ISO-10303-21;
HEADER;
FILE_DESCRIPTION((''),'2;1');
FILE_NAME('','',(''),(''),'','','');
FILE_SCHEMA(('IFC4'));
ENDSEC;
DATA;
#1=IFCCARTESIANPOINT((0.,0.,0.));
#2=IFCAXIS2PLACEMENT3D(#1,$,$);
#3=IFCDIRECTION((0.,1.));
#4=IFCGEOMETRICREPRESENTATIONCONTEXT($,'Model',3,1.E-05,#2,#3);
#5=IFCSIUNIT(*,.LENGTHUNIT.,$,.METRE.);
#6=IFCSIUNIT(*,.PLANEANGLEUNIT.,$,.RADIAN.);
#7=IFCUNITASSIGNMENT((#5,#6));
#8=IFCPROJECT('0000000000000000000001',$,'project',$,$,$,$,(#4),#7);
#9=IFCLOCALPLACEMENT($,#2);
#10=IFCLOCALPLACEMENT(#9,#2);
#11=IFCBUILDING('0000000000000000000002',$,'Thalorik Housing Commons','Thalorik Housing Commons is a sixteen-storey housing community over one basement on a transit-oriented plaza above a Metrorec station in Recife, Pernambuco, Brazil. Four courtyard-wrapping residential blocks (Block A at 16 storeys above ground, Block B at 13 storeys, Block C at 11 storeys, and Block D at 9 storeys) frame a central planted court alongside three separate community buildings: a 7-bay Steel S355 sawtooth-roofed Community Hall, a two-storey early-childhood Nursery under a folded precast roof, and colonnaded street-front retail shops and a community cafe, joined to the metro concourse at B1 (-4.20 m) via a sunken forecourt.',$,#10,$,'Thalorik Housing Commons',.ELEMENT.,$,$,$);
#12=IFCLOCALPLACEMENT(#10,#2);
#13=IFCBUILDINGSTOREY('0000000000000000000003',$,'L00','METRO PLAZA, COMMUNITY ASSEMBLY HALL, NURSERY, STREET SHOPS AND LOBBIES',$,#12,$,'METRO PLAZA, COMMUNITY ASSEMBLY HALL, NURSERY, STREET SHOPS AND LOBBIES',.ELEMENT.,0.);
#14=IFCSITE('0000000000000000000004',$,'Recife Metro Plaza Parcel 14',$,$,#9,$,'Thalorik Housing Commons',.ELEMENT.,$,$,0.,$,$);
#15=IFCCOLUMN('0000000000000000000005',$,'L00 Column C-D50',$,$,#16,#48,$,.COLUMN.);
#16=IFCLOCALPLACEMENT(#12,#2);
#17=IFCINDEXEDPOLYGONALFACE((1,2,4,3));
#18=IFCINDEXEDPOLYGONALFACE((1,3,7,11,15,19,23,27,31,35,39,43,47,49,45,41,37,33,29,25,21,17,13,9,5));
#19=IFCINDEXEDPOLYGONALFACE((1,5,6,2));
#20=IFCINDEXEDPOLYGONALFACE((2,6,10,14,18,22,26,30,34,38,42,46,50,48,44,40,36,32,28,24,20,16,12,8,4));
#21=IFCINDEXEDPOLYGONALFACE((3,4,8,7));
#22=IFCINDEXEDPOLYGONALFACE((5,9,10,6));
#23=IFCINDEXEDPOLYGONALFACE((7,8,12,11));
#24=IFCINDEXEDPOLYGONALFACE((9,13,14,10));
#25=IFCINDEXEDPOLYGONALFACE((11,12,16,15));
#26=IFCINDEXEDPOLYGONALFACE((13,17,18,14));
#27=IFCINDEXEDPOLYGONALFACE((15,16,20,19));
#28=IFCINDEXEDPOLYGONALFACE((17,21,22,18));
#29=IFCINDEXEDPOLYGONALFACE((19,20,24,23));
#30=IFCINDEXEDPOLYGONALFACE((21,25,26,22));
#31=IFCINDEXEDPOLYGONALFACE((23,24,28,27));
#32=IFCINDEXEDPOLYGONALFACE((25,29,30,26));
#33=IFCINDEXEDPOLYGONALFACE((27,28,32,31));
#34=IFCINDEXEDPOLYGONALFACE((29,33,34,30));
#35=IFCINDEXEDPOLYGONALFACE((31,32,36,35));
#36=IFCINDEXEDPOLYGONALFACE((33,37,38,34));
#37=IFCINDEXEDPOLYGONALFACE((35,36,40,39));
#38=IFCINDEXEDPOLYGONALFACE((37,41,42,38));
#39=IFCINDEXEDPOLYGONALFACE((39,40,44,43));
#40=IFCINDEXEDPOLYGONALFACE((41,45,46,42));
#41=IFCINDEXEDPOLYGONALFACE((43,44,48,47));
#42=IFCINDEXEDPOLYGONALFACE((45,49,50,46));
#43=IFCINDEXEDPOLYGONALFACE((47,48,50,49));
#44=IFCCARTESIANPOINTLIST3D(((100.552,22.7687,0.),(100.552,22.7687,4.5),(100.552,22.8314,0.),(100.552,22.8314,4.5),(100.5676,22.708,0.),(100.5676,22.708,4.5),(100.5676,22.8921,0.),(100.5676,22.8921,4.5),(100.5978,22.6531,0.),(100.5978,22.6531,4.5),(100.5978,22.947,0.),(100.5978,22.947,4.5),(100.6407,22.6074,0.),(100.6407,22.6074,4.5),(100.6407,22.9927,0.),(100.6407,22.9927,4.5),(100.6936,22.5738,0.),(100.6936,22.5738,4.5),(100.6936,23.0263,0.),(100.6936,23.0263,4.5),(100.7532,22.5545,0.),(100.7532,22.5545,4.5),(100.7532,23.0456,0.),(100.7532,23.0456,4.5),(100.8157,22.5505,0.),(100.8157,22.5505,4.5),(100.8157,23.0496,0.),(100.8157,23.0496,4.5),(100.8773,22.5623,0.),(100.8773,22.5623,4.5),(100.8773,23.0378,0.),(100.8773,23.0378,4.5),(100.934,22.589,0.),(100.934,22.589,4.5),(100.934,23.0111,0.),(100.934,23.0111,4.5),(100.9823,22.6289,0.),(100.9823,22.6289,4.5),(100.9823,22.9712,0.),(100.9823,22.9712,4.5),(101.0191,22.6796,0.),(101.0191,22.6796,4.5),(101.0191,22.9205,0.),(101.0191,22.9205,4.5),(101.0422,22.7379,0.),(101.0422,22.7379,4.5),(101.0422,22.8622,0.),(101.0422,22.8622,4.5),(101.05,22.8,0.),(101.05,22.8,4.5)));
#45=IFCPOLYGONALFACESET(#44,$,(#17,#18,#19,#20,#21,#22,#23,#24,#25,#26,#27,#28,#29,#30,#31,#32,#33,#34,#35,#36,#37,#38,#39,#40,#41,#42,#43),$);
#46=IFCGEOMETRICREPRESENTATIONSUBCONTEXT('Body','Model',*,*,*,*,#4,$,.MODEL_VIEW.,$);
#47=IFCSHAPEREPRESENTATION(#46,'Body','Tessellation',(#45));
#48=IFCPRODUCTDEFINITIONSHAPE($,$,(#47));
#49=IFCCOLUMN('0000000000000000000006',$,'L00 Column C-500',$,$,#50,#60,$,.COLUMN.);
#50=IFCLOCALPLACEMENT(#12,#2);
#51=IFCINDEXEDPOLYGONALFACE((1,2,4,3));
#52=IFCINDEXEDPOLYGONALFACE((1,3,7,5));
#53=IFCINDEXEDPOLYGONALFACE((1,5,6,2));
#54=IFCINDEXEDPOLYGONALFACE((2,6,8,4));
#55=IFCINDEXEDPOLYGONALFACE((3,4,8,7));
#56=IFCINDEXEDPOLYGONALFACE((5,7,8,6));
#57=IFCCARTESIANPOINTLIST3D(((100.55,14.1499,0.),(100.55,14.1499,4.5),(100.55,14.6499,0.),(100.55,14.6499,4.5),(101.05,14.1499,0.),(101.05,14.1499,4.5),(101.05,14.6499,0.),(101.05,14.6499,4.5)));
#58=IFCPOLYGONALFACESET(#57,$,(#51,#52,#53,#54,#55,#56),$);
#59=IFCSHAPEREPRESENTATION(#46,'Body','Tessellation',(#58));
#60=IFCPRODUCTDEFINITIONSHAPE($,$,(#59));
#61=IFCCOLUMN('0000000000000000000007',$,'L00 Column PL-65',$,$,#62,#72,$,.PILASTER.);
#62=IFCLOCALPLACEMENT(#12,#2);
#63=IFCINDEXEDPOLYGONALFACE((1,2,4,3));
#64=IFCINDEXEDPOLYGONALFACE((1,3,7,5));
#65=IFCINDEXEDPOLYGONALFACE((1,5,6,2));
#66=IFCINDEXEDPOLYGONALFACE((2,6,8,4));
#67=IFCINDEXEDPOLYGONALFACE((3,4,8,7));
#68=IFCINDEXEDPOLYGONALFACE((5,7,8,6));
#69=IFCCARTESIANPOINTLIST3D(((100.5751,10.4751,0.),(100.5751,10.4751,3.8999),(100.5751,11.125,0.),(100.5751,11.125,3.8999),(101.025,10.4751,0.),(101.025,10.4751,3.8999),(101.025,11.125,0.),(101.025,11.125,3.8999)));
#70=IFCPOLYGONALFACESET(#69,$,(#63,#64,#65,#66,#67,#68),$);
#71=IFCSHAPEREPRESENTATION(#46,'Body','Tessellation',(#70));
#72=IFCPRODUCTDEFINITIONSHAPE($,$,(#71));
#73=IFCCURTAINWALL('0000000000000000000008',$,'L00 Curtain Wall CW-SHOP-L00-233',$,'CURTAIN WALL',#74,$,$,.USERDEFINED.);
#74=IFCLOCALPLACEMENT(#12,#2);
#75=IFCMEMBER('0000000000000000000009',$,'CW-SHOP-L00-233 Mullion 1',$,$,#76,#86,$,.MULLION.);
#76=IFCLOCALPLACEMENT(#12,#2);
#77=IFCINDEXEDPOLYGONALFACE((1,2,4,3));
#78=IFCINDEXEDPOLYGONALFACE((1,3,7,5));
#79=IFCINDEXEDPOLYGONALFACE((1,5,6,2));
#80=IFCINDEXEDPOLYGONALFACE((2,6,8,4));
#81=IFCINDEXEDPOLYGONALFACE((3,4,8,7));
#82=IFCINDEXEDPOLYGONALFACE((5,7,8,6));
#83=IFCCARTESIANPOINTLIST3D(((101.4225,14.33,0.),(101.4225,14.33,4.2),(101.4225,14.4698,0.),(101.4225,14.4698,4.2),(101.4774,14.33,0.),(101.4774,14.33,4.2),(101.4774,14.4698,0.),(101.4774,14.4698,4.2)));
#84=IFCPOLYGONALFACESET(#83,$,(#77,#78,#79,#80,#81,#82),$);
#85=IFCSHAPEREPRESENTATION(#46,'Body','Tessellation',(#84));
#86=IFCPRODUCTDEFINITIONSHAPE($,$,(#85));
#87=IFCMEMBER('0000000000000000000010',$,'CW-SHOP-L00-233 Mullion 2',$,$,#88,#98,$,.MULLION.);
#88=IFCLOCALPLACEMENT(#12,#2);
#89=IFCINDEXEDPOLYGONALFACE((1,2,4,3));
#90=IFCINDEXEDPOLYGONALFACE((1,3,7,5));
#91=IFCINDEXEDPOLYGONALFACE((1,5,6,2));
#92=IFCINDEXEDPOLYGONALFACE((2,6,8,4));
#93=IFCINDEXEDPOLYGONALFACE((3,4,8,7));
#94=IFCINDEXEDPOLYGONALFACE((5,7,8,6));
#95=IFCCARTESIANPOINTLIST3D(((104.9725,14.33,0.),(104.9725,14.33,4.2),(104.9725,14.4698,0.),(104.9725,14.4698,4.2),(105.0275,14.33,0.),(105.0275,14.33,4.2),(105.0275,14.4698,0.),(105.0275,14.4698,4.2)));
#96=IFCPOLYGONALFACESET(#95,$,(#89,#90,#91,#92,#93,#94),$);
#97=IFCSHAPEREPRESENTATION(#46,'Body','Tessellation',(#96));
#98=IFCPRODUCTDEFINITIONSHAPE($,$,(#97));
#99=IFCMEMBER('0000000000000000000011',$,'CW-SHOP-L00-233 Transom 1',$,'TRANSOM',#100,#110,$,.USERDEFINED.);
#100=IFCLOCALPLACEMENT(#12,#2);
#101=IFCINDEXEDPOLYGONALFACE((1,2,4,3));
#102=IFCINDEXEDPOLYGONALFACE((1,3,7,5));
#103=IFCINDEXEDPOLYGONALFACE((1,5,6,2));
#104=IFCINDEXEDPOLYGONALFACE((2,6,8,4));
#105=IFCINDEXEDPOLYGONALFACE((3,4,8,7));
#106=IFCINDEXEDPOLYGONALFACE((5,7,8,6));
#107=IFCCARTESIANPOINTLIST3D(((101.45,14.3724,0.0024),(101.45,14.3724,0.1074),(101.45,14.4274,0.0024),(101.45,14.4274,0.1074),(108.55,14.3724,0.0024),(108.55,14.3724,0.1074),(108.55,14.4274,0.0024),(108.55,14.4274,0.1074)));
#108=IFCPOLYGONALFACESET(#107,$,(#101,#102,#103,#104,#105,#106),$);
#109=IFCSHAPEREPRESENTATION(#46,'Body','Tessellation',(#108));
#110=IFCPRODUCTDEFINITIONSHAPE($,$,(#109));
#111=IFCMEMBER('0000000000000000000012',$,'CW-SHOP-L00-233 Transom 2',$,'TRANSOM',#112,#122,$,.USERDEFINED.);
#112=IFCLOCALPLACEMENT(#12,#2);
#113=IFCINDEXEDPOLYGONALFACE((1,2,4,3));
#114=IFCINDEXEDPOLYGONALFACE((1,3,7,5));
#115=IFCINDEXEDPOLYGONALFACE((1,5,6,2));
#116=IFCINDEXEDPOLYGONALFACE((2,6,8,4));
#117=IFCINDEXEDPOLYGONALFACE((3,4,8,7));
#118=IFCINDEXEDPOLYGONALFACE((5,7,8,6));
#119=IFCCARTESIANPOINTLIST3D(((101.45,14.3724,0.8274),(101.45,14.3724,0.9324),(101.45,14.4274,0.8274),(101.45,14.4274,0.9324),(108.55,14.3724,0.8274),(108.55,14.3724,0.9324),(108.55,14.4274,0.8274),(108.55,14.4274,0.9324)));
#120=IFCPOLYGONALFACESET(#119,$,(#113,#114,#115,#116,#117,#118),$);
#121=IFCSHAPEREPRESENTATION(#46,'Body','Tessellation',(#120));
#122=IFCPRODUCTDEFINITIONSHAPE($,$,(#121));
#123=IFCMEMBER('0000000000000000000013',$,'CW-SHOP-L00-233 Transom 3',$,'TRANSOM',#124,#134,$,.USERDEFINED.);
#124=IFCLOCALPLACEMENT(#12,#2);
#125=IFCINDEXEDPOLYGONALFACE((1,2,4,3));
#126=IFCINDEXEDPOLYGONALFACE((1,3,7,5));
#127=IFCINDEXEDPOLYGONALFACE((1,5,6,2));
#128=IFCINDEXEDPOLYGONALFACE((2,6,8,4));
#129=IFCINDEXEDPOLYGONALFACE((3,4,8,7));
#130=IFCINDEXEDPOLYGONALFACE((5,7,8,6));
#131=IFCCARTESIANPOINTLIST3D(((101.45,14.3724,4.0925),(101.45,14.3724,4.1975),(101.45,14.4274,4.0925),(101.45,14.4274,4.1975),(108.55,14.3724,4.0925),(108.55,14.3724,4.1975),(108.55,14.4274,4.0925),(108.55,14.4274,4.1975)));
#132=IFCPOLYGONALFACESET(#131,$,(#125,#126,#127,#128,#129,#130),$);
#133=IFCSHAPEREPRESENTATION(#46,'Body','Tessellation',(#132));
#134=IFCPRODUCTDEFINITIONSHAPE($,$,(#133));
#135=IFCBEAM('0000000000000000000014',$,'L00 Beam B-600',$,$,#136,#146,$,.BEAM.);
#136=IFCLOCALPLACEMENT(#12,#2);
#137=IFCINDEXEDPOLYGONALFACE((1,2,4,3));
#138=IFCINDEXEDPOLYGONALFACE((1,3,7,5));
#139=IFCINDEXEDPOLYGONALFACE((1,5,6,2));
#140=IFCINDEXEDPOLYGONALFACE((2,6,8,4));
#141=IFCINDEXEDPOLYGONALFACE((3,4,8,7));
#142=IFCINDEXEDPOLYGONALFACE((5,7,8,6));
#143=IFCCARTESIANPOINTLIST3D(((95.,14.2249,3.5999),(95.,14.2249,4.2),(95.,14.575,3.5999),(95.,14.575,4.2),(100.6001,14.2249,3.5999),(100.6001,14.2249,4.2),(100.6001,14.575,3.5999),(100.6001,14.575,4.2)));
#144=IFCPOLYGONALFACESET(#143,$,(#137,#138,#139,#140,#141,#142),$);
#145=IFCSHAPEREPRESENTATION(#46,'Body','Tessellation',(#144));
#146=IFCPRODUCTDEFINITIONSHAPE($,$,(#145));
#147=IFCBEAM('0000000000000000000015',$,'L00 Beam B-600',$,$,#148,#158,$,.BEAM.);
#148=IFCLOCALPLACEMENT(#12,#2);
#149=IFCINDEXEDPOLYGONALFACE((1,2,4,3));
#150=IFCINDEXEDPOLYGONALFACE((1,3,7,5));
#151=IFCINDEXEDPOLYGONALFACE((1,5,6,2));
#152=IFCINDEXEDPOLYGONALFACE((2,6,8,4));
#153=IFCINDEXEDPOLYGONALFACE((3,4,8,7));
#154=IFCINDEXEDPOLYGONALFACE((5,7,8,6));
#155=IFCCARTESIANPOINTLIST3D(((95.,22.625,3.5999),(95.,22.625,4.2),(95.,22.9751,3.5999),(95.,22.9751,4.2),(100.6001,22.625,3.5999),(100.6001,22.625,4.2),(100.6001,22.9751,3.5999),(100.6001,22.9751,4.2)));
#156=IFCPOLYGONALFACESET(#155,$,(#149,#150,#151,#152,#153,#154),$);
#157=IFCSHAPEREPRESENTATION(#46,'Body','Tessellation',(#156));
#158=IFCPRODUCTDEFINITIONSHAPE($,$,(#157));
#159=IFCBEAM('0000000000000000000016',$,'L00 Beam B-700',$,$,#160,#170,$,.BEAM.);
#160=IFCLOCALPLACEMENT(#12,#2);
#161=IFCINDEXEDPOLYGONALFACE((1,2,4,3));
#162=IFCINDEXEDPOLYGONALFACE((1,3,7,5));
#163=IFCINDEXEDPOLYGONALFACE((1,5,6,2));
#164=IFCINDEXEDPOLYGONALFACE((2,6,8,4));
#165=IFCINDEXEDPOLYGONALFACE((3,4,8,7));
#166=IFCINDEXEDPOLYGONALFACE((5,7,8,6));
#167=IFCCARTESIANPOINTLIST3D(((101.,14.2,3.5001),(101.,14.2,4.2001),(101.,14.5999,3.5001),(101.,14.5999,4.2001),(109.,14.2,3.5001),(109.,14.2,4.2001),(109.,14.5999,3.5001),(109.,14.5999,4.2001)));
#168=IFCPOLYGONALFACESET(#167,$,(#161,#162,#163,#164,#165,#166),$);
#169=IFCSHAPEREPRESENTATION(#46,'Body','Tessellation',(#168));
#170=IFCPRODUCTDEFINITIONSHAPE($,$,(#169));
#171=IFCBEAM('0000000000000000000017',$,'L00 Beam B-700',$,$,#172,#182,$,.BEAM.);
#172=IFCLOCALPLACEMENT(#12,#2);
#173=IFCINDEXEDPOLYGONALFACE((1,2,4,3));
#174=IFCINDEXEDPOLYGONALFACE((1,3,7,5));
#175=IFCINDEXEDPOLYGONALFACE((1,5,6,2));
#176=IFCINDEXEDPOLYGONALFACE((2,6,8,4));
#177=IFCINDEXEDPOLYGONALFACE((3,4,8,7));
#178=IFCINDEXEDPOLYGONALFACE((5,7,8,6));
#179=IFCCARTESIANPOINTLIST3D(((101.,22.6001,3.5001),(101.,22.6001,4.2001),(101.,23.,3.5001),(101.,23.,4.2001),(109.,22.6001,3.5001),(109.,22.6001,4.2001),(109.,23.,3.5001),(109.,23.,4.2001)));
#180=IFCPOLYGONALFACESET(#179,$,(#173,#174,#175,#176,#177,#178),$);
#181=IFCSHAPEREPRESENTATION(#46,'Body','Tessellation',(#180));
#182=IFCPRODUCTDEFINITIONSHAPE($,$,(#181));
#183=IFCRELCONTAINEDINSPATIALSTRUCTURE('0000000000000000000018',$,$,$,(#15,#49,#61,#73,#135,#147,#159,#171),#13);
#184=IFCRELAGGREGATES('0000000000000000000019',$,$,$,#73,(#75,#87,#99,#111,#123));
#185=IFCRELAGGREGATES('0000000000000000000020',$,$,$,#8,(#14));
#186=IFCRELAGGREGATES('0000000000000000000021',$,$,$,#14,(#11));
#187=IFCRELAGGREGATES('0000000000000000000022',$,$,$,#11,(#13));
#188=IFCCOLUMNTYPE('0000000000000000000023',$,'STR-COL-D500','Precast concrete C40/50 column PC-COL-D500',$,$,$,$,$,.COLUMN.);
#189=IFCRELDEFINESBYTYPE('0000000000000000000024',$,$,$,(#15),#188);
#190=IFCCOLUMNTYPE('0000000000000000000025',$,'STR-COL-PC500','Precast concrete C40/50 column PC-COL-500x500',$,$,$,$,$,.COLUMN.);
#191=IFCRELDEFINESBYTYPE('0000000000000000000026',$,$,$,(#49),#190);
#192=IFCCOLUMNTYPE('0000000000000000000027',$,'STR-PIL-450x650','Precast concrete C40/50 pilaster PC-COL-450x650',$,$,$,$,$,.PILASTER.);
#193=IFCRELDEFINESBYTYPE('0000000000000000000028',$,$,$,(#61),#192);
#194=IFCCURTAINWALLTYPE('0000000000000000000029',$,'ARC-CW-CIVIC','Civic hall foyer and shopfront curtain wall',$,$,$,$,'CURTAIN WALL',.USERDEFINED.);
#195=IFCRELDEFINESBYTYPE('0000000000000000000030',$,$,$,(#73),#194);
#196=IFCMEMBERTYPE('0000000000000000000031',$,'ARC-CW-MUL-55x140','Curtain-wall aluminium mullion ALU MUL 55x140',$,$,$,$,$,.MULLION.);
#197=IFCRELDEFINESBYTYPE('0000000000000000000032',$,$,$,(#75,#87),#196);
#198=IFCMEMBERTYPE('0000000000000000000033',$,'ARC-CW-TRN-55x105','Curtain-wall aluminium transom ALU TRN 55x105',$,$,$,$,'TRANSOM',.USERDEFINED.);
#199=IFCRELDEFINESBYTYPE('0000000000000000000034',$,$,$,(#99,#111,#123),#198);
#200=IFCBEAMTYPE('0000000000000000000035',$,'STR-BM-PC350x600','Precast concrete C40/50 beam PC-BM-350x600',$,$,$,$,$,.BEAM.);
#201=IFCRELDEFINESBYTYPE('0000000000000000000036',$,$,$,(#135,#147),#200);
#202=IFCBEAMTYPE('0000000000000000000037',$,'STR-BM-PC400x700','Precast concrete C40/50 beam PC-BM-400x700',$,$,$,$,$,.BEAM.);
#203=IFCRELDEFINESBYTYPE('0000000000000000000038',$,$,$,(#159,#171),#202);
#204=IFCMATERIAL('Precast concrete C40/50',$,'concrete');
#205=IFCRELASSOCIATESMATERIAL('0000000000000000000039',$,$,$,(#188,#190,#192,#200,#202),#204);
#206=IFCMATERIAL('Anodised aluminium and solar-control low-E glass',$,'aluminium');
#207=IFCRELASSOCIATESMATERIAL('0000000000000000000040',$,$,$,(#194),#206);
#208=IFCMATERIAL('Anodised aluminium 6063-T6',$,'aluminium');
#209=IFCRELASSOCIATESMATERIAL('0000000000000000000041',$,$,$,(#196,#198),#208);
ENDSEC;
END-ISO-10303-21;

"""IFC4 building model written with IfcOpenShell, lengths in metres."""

from ifc_helpers import new_model, si_unit, direction, frame, origin, origin_2d, place, context, subcontext, project, spatial, rectangle, circle, extrude, material, material_profile, profile_set, type_object, element, aggregate, save


model = new_model("IFC4")

# Units and contexts
model_context = context("Model", 3, precision=1e-05, world=origin(), true_north=direction((0.0, 1.0)))
body_context = subcontext(model_context, "Body", "Model", "MODEL_VIEW")
ifc_project = project(units=[si_unit("LENGTHUNIT", "METRE"), si_unit("PLANEANGLEUNIT", "RADIAN")], contexts=[model_context])

# Site, building, storey
site_placement = place(None, origin())
site = spatial("IfcSite", under=ifc_project, at=site_placement, Name="Recife Metro Plaza Parcel 14", LongName="Thalorik Housing Commons", CompositionType="ELEMENT", RefElevation=0.0)
building_placement = place(site_placement, origin())
building = spatial("IfcBuilding", under=site, at=building_placement, Name="Thalorik Housing Commons", Description="Thalorik Housing Commons is a sixteen-storey housing community over one basement on a transit-oriented plaza above a Metrorec station in Recife, Pernambuco, Brazil. Four courtyard-wrapping residential blocks (Block A at 16 storeys above ground, Block B at 13 storeys, Block C at 11 storeys, and Block D at 9 storeys) frame a central planted court alongside three separate community buildings: a 7-bay Steel S355 sawtooth-roofed Community Hall, a two-storey early-childhood Nursery under a folded precast roof, and colonnaded street-front retail shops and a community cafe, joined to the metro concourse at B1 (-4.20 m) via a sunken forecourt.", LongName="Thalorik Housing Commons", CompositionType="ELEMENT")
storey_placement = place(building_placement, origin())
storey = spatial("IfcBuildingStorey", under=building, at=storey_placement, Name="L00", Description="METRO PLAZA, COMMUNITY ASSEMBLY HALL, NURSERY, STREET SHOPS AND LOBBIES", LongName="METRO PLAZA, COMMUNITY ASSEMBLY HALL, NURSERY, STREET SHOPS AND LOBBIES", CompositionType="ELEMENT", Elevation=0.0)

# Columns
ifc_material_1 = material(Name="Precast concrete C40/50", Category="concrete")
ifc_material_profile_1 = material_profile(ifc_material_1, circle(Radius=0.25, at=origin_2d()), Name="PC D500", Category="concrete")
ifc_profile_set_1 = profile_set([ifc_material_profile_1], Name="Precast concrete C40/50")
column_type_1 = type_object("IfcColumnType", Name="STR-COL-D500", Description="Precast concrete C40/50 column PC-COL-D500", PredefinedType="COLUMN", material=ifc_profile_set_1)
column_1_placement = place(storey_placement, frame((100.8, 22.8, 0.0), z_axis=(0.0, 0.0, 1.0), x_axis=(1.0, 0.0, 0.0)))
element("IfcColumn", 1, at=column_1_placement, inside=storey, type_object=column_type_1, Name="L00 Column C-D50", PredefinedType="COLUMN", context=body_context, shape_type="SweptSolid", body=[
    extrude(circle(Radius=0.25, at=origin_2d()), origin(), (0.0, 0.0, 1.0), 4.5),
])
ifc_material_profile_2 = material_profile(ifc_material_1, rectangle(XDim=0.5, YDim=0.5, at=origin_2d()), Name="PC 500x500", Category="concrete")
ifc_profile_set_2 = profile_set([ifc_material_profile_2], Name="Precast concrete C40/50")
column_type_2 = type_object("IfcColumnType", Name="STR-COL-PC500", Description="Precast concrete C40/50 column PC-COL-500x500", PredefinedType="COLUMN", material=ifc_profile_set_2)
column_2_placement = place(storey_placement, frame((100.8, 14.3999, 0.0), z_axis=(0.0, 0.0, 1.0), x_axis=(1.0, 0.0, 0.0)))
element("IfcColumn", 2, at=column_2_placement, inside=storey, type_object=column_type_2, Name="L00 Column C-500", PredefinedType="COLUMN", context=body_context, shape_type="SweptSolid", body=[
    extrude(rectangle(XDim=0.5, YDim=0.5, at=origin_2d()), origin(), (0.0, 0.0, 1.0), 4.5),
])
ifc_material_profile_3 = material_profile(ifc_material_1, rectangle(XDim=0.45, YDim=0.6499, at=origin_2d()), Name="PC 450x650", Category="concrete")
ifc_profile_set_3 = profile_set([ifc_material_profile_3], Name="Precast concrete C40/50")
column_type_3 = type_object("IfcColumnType", Name="STR-PIL-450x650", Description="Precast concrete C40/50 pilaster PC-COL-450x650", PredefinedType="PILASTER", material=ifc_profile_set_3)
column_3_placement = place(storey_placement, frame((100.8, 10.8, 0.0), z_axis=(0.0, 0.0, 1.0), x_axis=(1.0, 0.0, 0.0)))
element("IfcColumn", 3, at=column_3_placement, inside=storey, type_object=column_type_3, Name="L00 Column PL-65", PredefinedType="PILASTER", context=body_context, shape_type="SweptSolid", body=[
    extrude(rectangle(XDim=0.45, YDim=0.6499, at=origin_2d()), origin(), (0.0, 0.0, 1.0), 3.8999),
])

# Curtain wall, members
ifc_material_2 = material(Name="Anodised aluminium and solar-control low-E glass", Category="aluminium")
curtain_wall_type = type_object("IfcCurtainWallType", Name="ARC-CW-CIVIC", Description="Civic hall foyer and shopfront curtain wall", ElementType="CURTAIN WALL", PredefinedType="USERDEFINED", material=ifc_material_2)
curtain_wall_placement = place(storey_placement, origin())
curtain_wall = element("IfcCurtainWall", 4, at=curtain_wall_placement, inside=storey, type_object=curtain_wall_type, Name="L00 Curtain Wall CW-SHOP-L00-233", ObjectType="CURTAIN WALL", PredefinedType="USERDEFINED")
ifc_material_3 = material(Name="Anodised aluminium 6063-T6", Category="aluminium")
ifc_material_profile_4 = material_profile(ifc_material_3, rectangle(XDim=0.0549, YDim=0.1399, at=origin_2d()), Name="ALU MUL 55x140", Category="aluminium")
ifc_profile_set_4 = profile_set([ifc_material_profile_4], Name="Anodised aluminium 6063-T6")
member_type_1 = type_object("IfcMemberType", Name="ARC-CW-MUL-55x140", Description="Curtain-wall aluminium mullion ALU MUL 55x140", PredefinedType="MULLION", material=ifc_profile_set_4)
member_1_placement = place(storey_placement, frame((101.45, 14.3999, 0.0), z_axis=(0.0, 0.0, 1.0), x_axis=(1.0, 0.0, 0.0)))
member_1 = element("IfcMember", 5, at=member_1_placement, type_object=member_type_1, Name="CW-SHOP-L00-233 Mullion 1", PredefinedType="MULLION", context=body_context, shape_type="SweptSolid", body=[
    extrude(rectangle(XDim=0.0549, YDim=0.1399, at=origin_2d()), origin(), (0.0, 0.0, 1.0), 4.2),
])
member_2_placement = place(storey_placement, frame((105.0, 14.3999, 0.0), z_axis=(0.0, 0.0, 1.0), x_axis=(1.0, 0.0, 0.0)))
member_2 = element("IfcMember", 6, at=member_2_placement, type_object=member_type_1, Name="CW-SHOP-L00-233 Mullion 2", PredefinedType="MULLION", context=body_context, shape_type="SweptSolid", body=[
    extrude(rectangle(XDim=0.0549, YDim=0.1399, at=origin_2d()), origin(), (0.0, 0.0, 1.0), 4.2),
])
ifc_material_profile_5 = material_profile(ifc_material_3, rectangle(XDim=0.0549, YDim=0.105, at=origin_2d()), Name="ALU TRN 55x105", Category="aluminium")
ifc_profile_set_5 = profile_set([ifc_material_profile_5], Name="Anodised aluminium 6063-T6")
member_type_2 = type_object("IfcMemberType", Name="ARC-CW-TRN-55x105", Description="Curtain-wall aluminium transom ALU TRN 55x105", ElementType="TRANSOM", PredefinedType="USERDEFINED", material=ifc_profile_set_5)
member_3_placement = place(storey_placement, frame((101.45, 14.3999, 0.0549), z_axis=(1.0, 0.0, 0.0), x_axis=(0.0, 1.0, 0.0)))
member_3 = element("IfcMember", 7, at=member_3_placement, type_object=member_type_2, Name="CW-SHOP-L00-233 Transom 1", ObjectType="TRANSOM", PredefinedType="USERDEFINED", context=body_context, shape_type="SweptSolid", body=[
    extrude(rectangle(XDim=0.0549, YDim=0.105, at=origin_2d()), origin(), (0.0, 0.0, 1.0), 7.1001),
])
member_4_placement = place(storey_placement, frame((101.45, 14.3999, 0.8799), z_axis=(1.0, 0.0, 0.0), x_axis=(0.0, 1.0, 0.0)))
member_4 = element("IfcMember", 8, at=member_4_placement, type_object=member_type_2, Name="CW-SHOP-L00-233 Transom 2", ObjectType="TRANSOM", PredefinedType="USERDEFINED", context=body_context, shape_type="SweptSolid", body=[
    extrude(rectangle(XDim=0.0549, YDim=0.105, at=origin_2d()), origin(), (0.0, 0.0, 1.0), 7.1001),
])
member_5_placement = place(storey_placement, frame((101.45, 14.3999, 4.145), z_axis=(1.0, 0.0, 0.0), x_axis=(0.0, 1.0, 0.0)))
member_5 = element("IfcMember", 9, at=member_5_placement, type_object=member_type_2, Name="CW-SHOP-L00-233 Transom 3", ObjectType="TRANSOM", PredefinedType="USERDEFINED", context=body_context, shape_type="SweptSolid", body=[
    extrude(rectangle(XDim=0.0549, YDim=0.105, at=origin_2d()), origin(), (0.0, 0.0, 1.0), 7.1001),
])

# Beams
ifc_material_profile_6 = material_profile(ifc_material_1, rectangle(XDim=0.3501, YDim=0.6001, at=origin_2d()), Name="PC 350x600", Category="concrete")
ifc_profile_set_6 = profile_set([ifc_material_profile_6], Name="Precast concrete C40/50")
beam_type_1 = type_object("IfcBeamType", Name="STR-BM-PC350x600", Description="Precast concrete C40/50 beam PC-BM-350x600", PredefinedType="BEAM", material=ifc_profile_set_6)
for number, where, z_axis, x_axis, name in (
    (10, (95.0, 14.3999, 3.8999), (1.0, 0.0, 0.0), (0.0, 1.0, 0.0), "L00 Beam B-600"),
    (11, (95.0, 22.8, 3.8999), (1.0, 0.0, 0.0), (0.0, 1.0, 0.0), "L00 Beam B-600"),
):
    element("IfcBeam", number, at=place(storey_placement, frame(where, z_axis=z_axis, x_axis=x_axis)), inside=storey, type_object=beam_type_1, Name=name, PredefinedType="BEAM", context=body_context, shape_type="SweptSolid", body=[
        extrude(rectangle(XDim=0.3501, YDim=0.6001, at=origin_2d()), origin(), (0.0, 0.0, 1.0), 5.6001),
    ])
ifc_material_profile_7 = material_profile(ifc_material_1, rectangle(XDim=0.3999, YDim=0.7, at=origin_2d()), Name="PC 400x700", Category="concrete")
ifc_profile_set_7 = profile_set([ifc_material_profile_7], Name="Precast concrete C40/50")
beam_type_2 = type_object("IfcBeamType", Name="STR-BM-PC400x700", Description="Precast concrete C40/50 beam PC-BM-400x700", PredefinedType="BEAM", material=ifc_profile_set_7)
for number, where, z_axis, x_axis, name in (
    (12, (101.0, 14.3999, 3.8501), (1.0, 0.0, 0.0), (0.0, 1.0, 0.0), "L00 Beam B-700"),
    (13, (101.0, 22.8, 3.8501), (1.0, 0.0, 0.0), (0.0, 1.0, 0.0), "L00 Beam B-700"),
):
    element("IfcBeam", number, at=place(storey_placement, frame(where, z_axis=z_axis, x_axis=x_axis)), inside=storey, type_object=beam_type_2, Name=name, PredefinedType="BEAM", context=body_context, shape_type="SweptSolid", body=[
        extrude(rectangle(XDim=0.3999, YDim=0.7, at=origin_2d()), origin(), (0.0, 0.0, 1.0), 8.0),
    ])

aggregate(curtain_wall, [member_1, member_2, member_3, member_4, member_5])

save(model, "model.ifc")
